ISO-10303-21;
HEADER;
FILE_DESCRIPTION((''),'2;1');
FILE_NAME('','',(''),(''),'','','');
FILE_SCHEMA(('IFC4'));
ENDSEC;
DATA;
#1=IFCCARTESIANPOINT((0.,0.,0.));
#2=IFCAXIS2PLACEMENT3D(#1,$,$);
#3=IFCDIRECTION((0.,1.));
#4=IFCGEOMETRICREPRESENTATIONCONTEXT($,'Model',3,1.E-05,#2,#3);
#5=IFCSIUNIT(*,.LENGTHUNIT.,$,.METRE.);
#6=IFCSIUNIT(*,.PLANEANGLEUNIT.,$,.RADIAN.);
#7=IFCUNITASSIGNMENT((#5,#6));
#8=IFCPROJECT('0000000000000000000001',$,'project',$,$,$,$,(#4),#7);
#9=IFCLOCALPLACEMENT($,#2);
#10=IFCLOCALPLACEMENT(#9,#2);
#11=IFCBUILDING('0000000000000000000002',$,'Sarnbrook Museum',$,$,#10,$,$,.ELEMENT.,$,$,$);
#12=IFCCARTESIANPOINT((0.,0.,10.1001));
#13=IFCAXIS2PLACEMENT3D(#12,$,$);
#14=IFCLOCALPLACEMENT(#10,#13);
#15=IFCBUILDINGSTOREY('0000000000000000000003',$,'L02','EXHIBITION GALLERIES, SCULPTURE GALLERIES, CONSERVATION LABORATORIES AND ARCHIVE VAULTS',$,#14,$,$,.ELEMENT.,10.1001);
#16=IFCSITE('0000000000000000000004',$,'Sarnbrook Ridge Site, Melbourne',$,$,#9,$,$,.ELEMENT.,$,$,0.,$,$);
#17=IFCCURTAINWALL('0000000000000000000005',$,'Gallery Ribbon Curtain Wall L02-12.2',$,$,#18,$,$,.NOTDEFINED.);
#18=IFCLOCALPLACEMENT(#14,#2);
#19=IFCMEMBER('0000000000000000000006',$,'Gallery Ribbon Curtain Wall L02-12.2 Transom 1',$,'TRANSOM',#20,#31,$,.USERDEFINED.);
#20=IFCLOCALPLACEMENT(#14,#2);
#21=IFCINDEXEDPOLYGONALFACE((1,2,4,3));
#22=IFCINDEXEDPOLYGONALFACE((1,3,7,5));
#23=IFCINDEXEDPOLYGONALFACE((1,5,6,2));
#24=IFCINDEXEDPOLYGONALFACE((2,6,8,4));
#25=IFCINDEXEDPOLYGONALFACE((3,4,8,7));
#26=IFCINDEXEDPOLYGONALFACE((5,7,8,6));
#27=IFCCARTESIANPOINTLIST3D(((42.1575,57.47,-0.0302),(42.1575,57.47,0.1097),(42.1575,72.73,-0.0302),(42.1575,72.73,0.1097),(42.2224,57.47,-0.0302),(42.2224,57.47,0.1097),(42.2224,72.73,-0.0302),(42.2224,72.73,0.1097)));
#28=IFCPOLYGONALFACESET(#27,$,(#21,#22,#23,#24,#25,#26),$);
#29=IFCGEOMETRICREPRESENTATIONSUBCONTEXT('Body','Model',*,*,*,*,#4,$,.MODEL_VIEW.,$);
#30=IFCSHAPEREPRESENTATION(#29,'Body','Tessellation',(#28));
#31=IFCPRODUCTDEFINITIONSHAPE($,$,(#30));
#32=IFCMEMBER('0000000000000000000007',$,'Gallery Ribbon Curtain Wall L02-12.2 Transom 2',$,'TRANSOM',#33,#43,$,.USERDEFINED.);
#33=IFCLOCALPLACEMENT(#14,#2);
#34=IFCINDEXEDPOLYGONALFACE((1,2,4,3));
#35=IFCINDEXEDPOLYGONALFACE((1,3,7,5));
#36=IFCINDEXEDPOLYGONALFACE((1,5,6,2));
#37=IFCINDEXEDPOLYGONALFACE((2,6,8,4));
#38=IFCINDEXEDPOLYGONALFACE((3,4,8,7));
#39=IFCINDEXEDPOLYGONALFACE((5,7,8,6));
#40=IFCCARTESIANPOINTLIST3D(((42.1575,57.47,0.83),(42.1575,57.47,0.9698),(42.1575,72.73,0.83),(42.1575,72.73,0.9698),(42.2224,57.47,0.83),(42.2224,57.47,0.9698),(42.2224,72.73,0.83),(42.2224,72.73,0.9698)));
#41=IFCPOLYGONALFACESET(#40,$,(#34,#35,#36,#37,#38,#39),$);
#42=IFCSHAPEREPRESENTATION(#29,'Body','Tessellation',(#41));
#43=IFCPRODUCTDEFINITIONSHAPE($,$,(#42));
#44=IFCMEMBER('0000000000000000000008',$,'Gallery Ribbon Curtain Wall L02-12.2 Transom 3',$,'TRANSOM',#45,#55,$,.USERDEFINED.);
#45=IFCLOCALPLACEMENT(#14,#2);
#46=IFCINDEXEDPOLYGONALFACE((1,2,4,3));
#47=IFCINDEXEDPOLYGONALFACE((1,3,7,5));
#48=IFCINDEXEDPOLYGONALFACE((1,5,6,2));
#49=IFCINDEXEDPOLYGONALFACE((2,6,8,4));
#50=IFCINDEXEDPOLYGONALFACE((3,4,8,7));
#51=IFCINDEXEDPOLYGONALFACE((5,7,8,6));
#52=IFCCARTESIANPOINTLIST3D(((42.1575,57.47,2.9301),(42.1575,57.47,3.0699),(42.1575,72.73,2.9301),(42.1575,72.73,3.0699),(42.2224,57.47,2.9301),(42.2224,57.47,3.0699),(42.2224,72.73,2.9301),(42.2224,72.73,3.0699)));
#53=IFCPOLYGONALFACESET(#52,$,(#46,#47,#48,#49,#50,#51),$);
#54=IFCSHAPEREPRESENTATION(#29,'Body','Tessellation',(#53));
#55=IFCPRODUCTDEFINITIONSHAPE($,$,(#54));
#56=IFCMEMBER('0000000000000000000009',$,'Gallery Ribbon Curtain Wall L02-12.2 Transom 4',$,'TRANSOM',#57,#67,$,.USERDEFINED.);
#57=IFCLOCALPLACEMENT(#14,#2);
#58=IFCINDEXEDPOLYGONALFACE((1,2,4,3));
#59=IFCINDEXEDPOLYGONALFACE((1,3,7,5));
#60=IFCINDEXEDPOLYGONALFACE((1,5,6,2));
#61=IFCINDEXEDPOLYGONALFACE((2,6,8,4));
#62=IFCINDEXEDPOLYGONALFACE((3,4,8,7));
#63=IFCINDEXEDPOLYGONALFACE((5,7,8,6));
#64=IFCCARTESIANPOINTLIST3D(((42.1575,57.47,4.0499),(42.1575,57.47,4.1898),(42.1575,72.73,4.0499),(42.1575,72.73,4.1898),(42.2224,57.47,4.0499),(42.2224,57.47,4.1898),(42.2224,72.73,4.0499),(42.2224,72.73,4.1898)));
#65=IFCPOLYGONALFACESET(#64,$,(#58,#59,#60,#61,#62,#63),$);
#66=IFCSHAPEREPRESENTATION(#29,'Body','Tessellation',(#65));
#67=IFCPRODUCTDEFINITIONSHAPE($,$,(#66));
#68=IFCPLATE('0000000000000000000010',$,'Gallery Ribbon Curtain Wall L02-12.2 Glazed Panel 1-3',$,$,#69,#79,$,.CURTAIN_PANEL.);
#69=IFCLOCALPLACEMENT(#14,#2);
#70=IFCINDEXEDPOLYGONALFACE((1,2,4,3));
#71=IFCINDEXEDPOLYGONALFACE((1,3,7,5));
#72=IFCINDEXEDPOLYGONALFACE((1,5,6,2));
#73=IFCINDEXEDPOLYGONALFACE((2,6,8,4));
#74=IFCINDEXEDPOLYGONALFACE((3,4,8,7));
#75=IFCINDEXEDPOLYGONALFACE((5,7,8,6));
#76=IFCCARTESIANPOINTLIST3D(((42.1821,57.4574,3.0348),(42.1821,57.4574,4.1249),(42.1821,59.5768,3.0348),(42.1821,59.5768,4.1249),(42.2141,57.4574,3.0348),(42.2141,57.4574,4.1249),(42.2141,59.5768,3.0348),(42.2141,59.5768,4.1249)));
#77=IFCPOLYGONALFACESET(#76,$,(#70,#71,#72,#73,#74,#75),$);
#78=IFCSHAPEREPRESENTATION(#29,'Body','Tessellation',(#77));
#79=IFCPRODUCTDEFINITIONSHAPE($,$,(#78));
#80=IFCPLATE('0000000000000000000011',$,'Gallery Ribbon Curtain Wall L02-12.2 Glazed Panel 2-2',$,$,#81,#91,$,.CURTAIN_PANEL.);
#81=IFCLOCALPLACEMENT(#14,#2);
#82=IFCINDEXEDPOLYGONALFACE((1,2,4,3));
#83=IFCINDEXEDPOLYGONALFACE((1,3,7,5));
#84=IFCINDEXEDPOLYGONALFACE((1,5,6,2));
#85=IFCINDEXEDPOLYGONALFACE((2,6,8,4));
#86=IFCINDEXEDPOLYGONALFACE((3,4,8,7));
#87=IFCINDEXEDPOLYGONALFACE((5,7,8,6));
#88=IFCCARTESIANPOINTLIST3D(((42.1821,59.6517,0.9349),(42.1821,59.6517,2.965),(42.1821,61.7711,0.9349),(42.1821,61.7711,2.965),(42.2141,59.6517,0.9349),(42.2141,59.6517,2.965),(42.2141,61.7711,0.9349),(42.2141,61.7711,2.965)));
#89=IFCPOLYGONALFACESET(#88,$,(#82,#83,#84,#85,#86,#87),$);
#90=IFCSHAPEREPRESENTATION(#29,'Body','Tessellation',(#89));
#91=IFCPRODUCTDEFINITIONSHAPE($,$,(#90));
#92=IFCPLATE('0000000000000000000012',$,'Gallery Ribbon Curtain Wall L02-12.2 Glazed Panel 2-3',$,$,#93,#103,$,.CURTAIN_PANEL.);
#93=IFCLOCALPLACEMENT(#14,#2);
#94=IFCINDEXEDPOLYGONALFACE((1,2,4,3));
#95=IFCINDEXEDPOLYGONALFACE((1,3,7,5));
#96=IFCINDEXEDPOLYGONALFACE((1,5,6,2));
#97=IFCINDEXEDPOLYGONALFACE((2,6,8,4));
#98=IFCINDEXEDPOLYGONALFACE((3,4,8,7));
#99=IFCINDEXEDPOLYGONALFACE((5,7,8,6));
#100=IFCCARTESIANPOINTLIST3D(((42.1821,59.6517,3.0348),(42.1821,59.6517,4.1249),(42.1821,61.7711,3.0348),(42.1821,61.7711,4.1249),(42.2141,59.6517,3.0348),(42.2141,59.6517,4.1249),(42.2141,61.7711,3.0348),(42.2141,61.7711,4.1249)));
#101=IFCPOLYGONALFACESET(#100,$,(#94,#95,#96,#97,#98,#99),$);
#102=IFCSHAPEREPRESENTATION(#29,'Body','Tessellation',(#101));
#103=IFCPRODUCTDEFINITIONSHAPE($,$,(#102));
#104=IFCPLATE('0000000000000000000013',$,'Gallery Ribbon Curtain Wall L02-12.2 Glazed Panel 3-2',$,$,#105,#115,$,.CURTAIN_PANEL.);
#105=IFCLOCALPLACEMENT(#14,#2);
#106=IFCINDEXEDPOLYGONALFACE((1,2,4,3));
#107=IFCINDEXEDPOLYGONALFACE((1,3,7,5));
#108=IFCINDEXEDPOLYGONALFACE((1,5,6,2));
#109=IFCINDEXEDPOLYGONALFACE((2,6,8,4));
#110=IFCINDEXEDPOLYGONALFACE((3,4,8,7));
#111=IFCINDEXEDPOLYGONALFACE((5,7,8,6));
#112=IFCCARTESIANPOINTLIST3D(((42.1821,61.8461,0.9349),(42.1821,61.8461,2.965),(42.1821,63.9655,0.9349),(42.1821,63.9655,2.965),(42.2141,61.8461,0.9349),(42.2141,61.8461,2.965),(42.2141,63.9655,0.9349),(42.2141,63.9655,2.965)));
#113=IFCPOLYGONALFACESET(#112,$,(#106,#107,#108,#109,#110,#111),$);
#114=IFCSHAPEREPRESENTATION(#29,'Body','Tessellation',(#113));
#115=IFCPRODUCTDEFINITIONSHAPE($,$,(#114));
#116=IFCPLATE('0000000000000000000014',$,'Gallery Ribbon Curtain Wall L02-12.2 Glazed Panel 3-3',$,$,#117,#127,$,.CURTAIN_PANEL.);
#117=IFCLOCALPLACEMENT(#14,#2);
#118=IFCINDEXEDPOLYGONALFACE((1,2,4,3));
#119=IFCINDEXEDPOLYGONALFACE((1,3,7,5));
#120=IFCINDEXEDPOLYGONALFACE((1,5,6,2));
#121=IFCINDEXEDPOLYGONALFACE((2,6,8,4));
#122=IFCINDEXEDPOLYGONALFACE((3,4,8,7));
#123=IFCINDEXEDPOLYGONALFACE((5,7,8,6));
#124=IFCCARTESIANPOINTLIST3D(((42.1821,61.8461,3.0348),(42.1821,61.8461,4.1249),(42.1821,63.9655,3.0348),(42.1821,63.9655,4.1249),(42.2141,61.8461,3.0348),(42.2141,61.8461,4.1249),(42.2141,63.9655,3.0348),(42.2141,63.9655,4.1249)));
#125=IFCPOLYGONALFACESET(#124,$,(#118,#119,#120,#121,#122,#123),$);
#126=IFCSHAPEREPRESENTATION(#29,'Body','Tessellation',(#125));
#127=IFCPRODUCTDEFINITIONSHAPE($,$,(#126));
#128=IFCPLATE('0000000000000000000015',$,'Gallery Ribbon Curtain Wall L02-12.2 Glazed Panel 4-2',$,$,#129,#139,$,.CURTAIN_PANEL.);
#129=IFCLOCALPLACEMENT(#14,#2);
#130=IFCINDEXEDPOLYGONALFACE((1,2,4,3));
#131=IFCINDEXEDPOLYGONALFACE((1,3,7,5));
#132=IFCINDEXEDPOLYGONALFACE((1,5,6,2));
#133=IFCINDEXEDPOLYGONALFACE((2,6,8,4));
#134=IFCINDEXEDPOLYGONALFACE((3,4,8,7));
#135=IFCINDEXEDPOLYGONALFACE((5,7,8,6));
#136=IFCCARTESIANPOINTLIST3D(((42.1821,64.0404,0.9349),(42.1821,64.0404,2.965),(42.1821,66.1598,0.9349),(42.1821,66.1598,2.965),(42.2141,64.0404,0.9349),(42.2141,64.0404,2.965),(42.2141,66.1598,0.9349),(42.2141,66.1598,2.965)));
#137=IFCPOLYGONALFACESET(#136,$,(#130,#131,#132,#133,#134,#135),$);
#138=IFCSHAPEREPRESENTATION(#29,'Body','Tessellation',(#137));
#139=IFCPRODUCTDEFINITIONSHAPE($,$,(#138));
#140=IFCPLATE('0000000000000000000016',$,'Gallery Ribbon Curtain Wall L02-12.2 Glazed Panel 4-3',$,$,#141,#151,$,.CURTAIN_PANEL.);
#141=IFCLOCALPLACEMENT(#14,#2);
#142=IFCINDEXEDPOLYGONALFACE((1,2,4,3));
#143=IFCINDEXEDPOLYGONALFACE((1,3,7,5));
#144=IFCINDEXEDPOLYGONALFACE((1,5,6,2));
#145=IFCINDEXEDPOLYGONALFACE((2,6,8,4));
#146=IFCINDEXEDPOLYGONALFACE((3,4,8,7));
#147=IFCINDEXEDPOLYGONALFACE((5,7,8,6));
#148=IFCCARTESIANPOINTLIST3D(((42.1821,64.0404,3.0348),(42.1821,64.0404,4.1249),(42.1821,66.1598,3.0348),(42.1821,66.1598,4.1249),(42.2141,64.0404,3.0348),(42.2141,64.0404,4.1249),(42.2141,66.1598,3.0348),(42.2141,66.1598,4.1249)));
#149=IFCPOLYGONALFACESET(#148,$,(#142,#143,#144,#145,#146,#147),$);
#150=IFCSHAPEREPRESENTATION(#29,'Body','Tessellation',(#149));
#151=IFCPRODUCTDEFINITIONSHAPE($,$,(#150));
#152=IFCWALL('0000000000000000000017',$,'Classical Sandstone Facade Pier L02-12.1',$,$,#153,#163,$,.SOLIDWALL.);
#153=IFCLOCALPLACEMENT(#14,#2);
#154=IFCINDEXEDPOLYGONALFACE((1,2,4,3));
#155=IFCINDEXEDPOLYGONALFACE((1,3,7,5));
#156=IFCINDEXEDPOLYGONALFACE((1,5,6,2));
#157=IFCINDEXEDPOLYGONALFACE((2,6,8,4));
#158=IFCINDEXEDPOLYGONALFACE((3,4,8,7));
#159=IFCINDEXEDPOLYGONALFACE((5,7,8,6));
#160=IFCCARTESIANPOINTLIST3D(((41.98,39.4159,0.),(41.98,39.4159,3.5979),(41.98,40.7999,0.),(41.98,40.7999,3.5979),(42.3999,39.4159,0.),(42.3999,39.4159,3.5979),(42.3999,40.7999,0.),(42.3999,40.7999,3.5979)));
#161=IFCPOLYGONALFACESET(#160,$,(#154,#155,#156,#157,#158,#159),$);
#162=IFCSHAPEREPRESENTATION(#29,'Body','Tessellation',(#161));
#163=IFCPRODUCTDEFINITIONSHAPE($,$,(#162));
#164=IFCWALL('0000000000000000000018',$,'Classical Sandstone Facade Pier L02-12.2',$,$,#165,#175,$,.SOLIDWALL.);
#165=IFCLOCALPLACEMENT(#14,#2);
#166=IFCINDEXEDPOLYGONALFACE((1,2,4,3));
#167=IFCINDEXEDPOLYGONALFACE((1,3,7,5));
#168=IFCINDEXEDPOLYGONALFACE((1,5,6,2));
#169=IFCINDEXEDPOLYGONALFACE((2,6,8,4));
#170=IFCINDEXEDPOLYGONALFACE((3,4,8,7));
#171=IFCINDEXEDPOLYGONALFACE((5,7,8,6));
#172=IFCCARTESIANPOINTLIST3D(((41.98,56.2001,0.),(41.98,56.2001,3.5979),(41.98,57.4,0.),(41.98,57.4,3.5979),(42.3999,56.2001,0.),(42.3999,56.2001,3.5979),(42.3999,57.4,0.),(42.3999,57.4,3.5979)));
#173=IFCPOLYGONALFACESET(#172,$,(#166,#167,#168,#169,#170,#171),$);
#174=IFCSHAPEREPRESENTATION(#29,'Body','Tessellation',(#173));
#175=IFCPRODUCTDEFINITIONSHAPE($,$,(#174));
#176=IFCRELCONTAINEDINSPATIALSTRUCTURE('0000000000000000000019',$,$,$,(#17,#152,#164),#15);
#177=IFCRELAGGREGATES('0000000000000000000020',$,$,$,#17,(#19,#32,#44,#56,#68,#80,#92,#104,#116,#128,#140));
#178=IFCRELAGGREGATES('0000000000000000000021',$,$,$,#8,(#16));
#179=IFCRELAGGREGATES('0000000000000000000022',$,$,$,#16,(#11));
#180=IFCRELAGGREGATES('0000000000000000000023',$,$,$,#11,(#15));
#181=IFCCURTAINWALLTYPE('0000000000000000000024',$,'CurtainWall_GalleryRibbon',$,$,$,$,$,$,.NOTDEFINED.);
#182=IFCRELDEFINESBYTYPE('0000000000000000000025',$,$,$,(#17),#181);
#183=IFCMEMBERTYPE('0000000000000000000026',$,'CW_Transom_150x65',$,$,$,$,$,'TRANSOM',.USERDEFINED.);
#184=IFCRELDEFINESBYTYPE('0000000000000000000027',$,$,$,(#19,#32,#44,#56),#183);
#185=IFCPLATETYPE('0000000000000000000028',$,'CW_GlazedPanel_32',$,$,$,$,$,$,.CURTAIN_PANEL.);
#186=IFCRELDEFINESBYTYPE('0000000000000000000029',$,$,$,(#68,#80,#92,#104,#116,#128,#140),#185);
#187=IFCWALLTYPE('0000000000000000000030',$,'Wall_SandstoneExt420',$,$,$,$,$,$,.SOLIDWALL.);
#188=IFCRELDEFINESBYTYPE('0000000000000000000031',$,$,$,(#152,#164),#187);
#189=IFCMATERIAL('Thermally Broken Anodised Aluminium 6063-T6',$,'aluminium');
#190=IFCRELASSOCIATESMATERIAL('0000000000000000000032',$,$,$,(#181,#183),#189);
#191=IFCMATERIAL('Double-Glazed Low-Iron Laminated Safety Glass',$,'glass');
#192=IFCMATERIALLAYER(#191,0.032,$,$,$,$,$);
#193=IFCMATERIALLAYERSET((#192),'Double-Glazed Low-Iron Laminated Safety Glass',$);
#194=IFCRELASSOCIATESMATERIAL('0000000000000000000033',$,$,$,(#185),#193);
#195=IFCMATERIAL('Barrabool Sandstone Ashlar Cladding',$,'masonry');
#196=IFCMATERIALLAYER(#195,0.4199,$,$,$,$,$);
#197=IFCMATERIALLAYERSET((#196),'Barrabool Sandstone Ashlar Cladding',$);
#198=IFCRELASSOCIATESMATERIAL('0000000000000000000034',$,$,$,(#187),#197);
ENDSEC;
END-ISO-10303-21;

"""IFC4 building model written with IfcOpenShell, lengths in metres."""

from ifc_helpers import new_model, si_unit, direction, frame, frame_2d, origin, origin_2d, place, context, subcontext, project, spatial, rectangle, extrude, material, layer, layer_set, material_profile, profile_set, type_object, element, aggregate, save


model = new_model("IFC4")

# Units and contexts
model_context = context("Model", 3, precision=1e-05, world=origin(), true_north=direction((0.0, 1.0)))
body_context = subcontext(model_context, "Body", "Model", "MODEL_VIEW")
ifc_project = project(units=[si_unit("LENGTHUNIT", "METRE"), si_unit("PLANEANGLEUNIT", "RADIAN")], contexts=[model_context])

# Site, building, storey
site_placement = place(None, origin())
site = spatial("IfcSite", under=ifc_project, at=site_placement, Name="Sarnbrook Ridge Site, Melbourne", CompositionType="ELEMENT", RefElevation=0.0)
building_placement = place(site_placement, origin())
building = spatial("IfcBuilding", under=site, at=building_placement, Name="Sarnbrook Museum", CompositionType="ELEMENT")
storey_placement = place(building_placement, frame((0.0, 0.0, 10.1001)))
storey = spatial("IfcBuildingStorey", under=building, at=storey_placement, Name="L02", Description="EXHIBITION GALLERIES, SCULPTURE GALLERIES, CONSERVATION LABORATORIES AND ARCHIVE VAULTS", CompositionType="ELEMENT", Elevation=10.1001)

# Curtain wall
ifc_material_1 = material(Name="Thermally Broken Anodised Aluminium 6063-T6", Category="aluminium")
curtain_wall_type = type_object("IfcCurtainWallType", Name="CurtainWall_GalleryRibbon", PredefinedType="NOTDEFINED", material=ifc_material_1)
curtain_wall_1_placement = place(storey_placement, origin())
curtain_wall_1 = element("IfcCurtainWall", 1, at=curtain_wall_1_placement, inside=storey, type_object=curtain_wall_type, Name="Gallery Ribbon Curtain Wall L02-12.2", PredefinedType="NOTDEFINED")

# Members
ifc_material_profile_1 = material_profile(ifc_material_1, rectangle(XDim=0.0649, YDim=0.1399, at=origin_2d()), Name="ALU TRANSOM 65x140")
ifc_profile_set_1 = profile_set([ifc_material_profile_1], Name="Thermally Broken Anodised Aluminium 6063-T6")
member_type_1 = type_object("IfcMemberType", Name="CW_Transom_150x65", ElementType="TRANSOM", PredefinedType="USERDEFINED", material=ifc_profile_set_1)
member_1_placement = place(storey_placement, frame((42.1899, 57.47, 0.0398), z_axis=(0.0, 1.0, 0.0), x_axis=(-1.0, 0.0, 0.0)))
member_1 = element("IfcMember", 2, at=member_1_placement, type_object=member_type_1, Name="Gallery Ribbon Curtain Wall L02-12.2 Transom 1", ObjectType="TRANSOM", PredefinedType="USERDEFINED", context=body_context, shape_type="SweptSolid", body=[
    extrude(rectangle(XDim=0.0649, YDim=0.1399, at=origin_2d()), origin(), (0.0, 0.0, 1.0), 15.26),
])
member_2_placement = place(storey_placement, frame((42.1899, 57.47, 0.8999), z_axis=(0.0, 1.0, 0.0), x_axis=(-1.0, 0.0, 0.0)))
member_2 = element("IfcMember", 3, at=member_2_placement, type_object=member_type_1, Name="Gallery Ribbon Curtain Wall L02-12.2 Transom 2", ObjectType="TRANSOM", PredefinedType="USERDEFINED", context=body_context, shape_type="SweptSolid", body=[
    extrude(rectangle(XDim=0.0649, YDim=0.1399, at=origin_2d()), origin(), (0.0, 0.0, 1.0), 15.26),
])
member_3_placement = place(storey_placement, frame((42.1899, 57.47, 3.0), z_axis=(0.0, 1.0, 0.0), x_axis=(-1.0, 0.0, 0.0)))
member_3 = element("IfcMember", 4, at=member_3_placement, type_object=member_type_1, Name="Gallery Ribbon Curtain Wall L02-12.2 Transom 3", ObjectType="TRANSOM", PredefinedType="USERDEFINED", context=body_context, shape_type="SweptSolid", body=[
    extrude(rectangle(XDim=0.0649, YDim=0.1399, at=origin_2d()), origin(), (0.0, 0.0, 1.0), 15.26),
])
member_4_placement = place(storey_placement, frame((42.1899, 57.47, 4.1199), z_axis=(0.0, 1.0, 0.0), x_axis=(-1.0, 0.0, 0.0)))
member_4 = element("IfcMember", 5, at=member_4_placement, type_object=member_type_1, Name="Gallery Ribbon Curtain Wall L02-12.2 Transom 4", ObjectType="TRANSOM", PredefinedType="USERDEFINED", context=body_context, shape_type="SweptSolid", body=[
    extrude(rectangle(XDim=0.0649, YDim=0.1399, at=origin_2d()), origin(), (0.0, 0.0, 1.0), 15.26),
])

# Plates
ifc_material_2 = material(Name="Double-Glazed Low-Iron Laminated Safety Glass", Category="glass")
ifc_layer_1 = layer(ifc_material_2, 0.032)
ifc_layer_set_1 = layer_set([ifc_layer_1], Name="Double-Glazed Low-Iron Laminated Safety Glass")
plate_type = type_object("IfcPlateType", Name="CW_GlazedPanel_32", PredefinedType="CURTAIN_PANEL", material=ifc_layer_set_1)
plate_1_placement = place(storey_placement, frame((42.1821, 58.5171, 3.5798), z_axis=(1.0, 0.0, 0.0), x_axis=(0.0, 1.0, 0.0)))
plate_1 = element("IfcPlate", 6, at=plate_1_placement, type_object=plate_type, Name="Gallery Ribbon Curtain Wall L02-12.2 Glazed Panel 1-3", PredefinedType="CURTAIN_PANEL", context=body_context, shape_type="SweptSolid", body=[
    extrude(rectangle(XDim=2.1194, YDim=1.0901, at=origin_2d()), origin(), (0.0, 0.0, 1.0), 0.032),
])
plate_2_placement = place(storey_placement, frame((42.1821, 60.7114, 1.95), z_axis=(1.0, 0.0, 0.0), x_axis=(0.0, 1.0, 0.0)))
plate_2 = element("IfcPlate", 7, at=plate_2_placement, type_object=plate_type, Name="Gallery Ribbon Curtain Wall L02-12.2 Glazed Panel 2-2", PredefinedType="CURTAIN_PANEL", context=body_context, shape_type="SweptSolid", body=[
    extrude(rectangle(XDim=2.1194, YDim=2.03, at=origin_2d()), origin(), (0.0, 0.0, 1.0), 0.032),
])
plate_3_placement = place(storey_placement, frame((42.1821, 60.7114, 3.5798), z_axis=(1.0, 0.0, 0.0), x_axis=(0.0, 1.0, 0.0)))
plate_3 = element("IfcPlate", 8, at=plate_3_placement, type_object=plate_type, Name="Gallery Ribbon Curtain Wall L02-12.2 Glazed Panel 2-3", PredefinedType="CURTAIN_PANEL", context=body_context, shape_type="SweptSolid", body=[
    extrude(rectangle(XDim=2.1194, YDim=1.0901, at=origin_2d()), origin(), (0.0, 0.0, 1.0), 0.032),
])
plate_4_placement = place(storey_placement, frame((42.1821, 62.9058, 1.95), z_axis=(1.0, 0.0, 0.0), x_axis=(0.0, 1.0, 0.0)))
plate_4 = element("IfcPlate", 9, at=plate_4_placement, type_object=plate_type, Name="Gallery Ribbon Curtain Wall L02-12.2 Glazed Panel 3-2", PredefinedType="CURTAIN_PANEL", context=body_context, shape_type="SweptSolid", body=[
    extrude(rectangle(XDim=2.1194, YDim=2.03, at=origin_2d()), origin(), (0.0, 0.0, 1.0), 0.032),
])
plate_5_placement = place(storey_placement, frame((42.1821, 62.9058, 3.5798), z_axis=(1.0, 0.0, 0.0), x_axis=(0.0, 1.0, 0.0)))
plate_5 = element("IfcPlate", 10, at=plate_5_placement, type_object=plate_type, Name="Gallery Ribbon Curtain Wall L02-12.2 Glazed Panel 3-3", PredefinedType="CURTAIN_PANEL", context=body_context, shape_type="SweptSolid", body=[
    extrude(rectangle(XDim=2.1194, YDim=1.0901, at=origin_2d()), origin(), (0.0, 0.0, 1.0), 0.032),
])
plate_6_placement = place(storey_placement, frame((42.1821, 65.1001, 1.95), z_axis=(1.0, 0.0, 0.0), x_axis=(0.0, 1.0, 0.0)))
plate_6 = element("IfcPlate", 11, at=plate_6_placement, type_object=plate_type, Name="Gallery Ribbon Curtain Wall L02-12.2 Glazed Panel 4-2", PredefinedType="CURTAIN_PANEL", context=body_context, shape_type="SweptSolid", body=[
    extrude(rectangle(XDim=2.1194, YDim=2.03, at=origin_2d()), origin(), (0.0, 0.0, 1.0), 0.032),
])
plate_7_placement = place(storey_placement, frame((42.1821, 65.1001, 3.5798), z_axis=(1.0, 0.0, 0.0), x_axis=(0.0, 1.0, 0.0)))
plate_7 = element("IfcPlate", 12, at=plate_7_placement, type_object=plate_type, Name="Gallery Ribbon Curtain Wall L02-12.2 Glazed Panel 4-3", PredefinedType="CURTAIN_PANEL", context=body_context, shape_type="SweptSolid", body=[
    extrude(rectangle(XDim=2.1194, YDim=1.0901, at=origin_2d()), origin(), (0.0, 0.0, 1.0), 0.032),
])
aggregate(curtain_wall_1, [member_1, member_2, member_3, member_4, plate_1, plate_2, plate_3, plate_4, plate_5, plate_6, plate_7])

# Walls
ifc_material_3 = material(Name="Barrabool Sandstone Ashlar Cladding", Category="masonry")
ifc_layer_2 = layer(ifc_material_3, 0.4199)
ifc_layer_set_2 = layer_set([ifc_layer_2], Name="Barrabool Sandstone Ashlar Cladding")
wall_type = type_object("IfcWallType", Name="Wall_SandstoneExt420", PredefinedType="SOLIDWALL", material=ifc_layer_set_2)
wall_1_placement = place(storey_placement, frame((42.1899, 39.416, 0.0), z_axis=(0.0, 0.0, 1.0), x_axis=(0.0, 1.0, 0.0)))
element("IfcWall", 13, at=wall_1_placement, inside=storey, type_object=wall_type, Name="Classical Sandstone Facade Pier L02-12.1", PredefinedType="SOLIDWALL", context=body_context, shape_type="SweptSolid", body=[
    extrude(rectangle(XDim=1.384, YDim=0.4199, at=frame_2d((0.6919, 0.0))), origin(), (0.0, 0.0, 1.0), 3.5979),
])
wall_2_placement = place(storey_placement, frame((42.1899, 56.2, 0.0), z_axis=(0.0, 0.0, 1.0), x_axis=(0.0, 1.0, 0.0)))
element("IfcWall", 14, at=wall_2_placement, inside=storey, type_object=wall_type, Name="Classical Sandstone Facade Pier L02-12.2", PredefinedType="SOLIDWALL", context=body_context, shape_type="SweptSolid", body=[
    extrude(rectangle(XDim=1.2, YDim=0.4199, at=frame_2d((0.6001, 0.0))), origin(), (0.0, 0.0, 1.0), 3.5979),
])

save(model, "model.ifc")
